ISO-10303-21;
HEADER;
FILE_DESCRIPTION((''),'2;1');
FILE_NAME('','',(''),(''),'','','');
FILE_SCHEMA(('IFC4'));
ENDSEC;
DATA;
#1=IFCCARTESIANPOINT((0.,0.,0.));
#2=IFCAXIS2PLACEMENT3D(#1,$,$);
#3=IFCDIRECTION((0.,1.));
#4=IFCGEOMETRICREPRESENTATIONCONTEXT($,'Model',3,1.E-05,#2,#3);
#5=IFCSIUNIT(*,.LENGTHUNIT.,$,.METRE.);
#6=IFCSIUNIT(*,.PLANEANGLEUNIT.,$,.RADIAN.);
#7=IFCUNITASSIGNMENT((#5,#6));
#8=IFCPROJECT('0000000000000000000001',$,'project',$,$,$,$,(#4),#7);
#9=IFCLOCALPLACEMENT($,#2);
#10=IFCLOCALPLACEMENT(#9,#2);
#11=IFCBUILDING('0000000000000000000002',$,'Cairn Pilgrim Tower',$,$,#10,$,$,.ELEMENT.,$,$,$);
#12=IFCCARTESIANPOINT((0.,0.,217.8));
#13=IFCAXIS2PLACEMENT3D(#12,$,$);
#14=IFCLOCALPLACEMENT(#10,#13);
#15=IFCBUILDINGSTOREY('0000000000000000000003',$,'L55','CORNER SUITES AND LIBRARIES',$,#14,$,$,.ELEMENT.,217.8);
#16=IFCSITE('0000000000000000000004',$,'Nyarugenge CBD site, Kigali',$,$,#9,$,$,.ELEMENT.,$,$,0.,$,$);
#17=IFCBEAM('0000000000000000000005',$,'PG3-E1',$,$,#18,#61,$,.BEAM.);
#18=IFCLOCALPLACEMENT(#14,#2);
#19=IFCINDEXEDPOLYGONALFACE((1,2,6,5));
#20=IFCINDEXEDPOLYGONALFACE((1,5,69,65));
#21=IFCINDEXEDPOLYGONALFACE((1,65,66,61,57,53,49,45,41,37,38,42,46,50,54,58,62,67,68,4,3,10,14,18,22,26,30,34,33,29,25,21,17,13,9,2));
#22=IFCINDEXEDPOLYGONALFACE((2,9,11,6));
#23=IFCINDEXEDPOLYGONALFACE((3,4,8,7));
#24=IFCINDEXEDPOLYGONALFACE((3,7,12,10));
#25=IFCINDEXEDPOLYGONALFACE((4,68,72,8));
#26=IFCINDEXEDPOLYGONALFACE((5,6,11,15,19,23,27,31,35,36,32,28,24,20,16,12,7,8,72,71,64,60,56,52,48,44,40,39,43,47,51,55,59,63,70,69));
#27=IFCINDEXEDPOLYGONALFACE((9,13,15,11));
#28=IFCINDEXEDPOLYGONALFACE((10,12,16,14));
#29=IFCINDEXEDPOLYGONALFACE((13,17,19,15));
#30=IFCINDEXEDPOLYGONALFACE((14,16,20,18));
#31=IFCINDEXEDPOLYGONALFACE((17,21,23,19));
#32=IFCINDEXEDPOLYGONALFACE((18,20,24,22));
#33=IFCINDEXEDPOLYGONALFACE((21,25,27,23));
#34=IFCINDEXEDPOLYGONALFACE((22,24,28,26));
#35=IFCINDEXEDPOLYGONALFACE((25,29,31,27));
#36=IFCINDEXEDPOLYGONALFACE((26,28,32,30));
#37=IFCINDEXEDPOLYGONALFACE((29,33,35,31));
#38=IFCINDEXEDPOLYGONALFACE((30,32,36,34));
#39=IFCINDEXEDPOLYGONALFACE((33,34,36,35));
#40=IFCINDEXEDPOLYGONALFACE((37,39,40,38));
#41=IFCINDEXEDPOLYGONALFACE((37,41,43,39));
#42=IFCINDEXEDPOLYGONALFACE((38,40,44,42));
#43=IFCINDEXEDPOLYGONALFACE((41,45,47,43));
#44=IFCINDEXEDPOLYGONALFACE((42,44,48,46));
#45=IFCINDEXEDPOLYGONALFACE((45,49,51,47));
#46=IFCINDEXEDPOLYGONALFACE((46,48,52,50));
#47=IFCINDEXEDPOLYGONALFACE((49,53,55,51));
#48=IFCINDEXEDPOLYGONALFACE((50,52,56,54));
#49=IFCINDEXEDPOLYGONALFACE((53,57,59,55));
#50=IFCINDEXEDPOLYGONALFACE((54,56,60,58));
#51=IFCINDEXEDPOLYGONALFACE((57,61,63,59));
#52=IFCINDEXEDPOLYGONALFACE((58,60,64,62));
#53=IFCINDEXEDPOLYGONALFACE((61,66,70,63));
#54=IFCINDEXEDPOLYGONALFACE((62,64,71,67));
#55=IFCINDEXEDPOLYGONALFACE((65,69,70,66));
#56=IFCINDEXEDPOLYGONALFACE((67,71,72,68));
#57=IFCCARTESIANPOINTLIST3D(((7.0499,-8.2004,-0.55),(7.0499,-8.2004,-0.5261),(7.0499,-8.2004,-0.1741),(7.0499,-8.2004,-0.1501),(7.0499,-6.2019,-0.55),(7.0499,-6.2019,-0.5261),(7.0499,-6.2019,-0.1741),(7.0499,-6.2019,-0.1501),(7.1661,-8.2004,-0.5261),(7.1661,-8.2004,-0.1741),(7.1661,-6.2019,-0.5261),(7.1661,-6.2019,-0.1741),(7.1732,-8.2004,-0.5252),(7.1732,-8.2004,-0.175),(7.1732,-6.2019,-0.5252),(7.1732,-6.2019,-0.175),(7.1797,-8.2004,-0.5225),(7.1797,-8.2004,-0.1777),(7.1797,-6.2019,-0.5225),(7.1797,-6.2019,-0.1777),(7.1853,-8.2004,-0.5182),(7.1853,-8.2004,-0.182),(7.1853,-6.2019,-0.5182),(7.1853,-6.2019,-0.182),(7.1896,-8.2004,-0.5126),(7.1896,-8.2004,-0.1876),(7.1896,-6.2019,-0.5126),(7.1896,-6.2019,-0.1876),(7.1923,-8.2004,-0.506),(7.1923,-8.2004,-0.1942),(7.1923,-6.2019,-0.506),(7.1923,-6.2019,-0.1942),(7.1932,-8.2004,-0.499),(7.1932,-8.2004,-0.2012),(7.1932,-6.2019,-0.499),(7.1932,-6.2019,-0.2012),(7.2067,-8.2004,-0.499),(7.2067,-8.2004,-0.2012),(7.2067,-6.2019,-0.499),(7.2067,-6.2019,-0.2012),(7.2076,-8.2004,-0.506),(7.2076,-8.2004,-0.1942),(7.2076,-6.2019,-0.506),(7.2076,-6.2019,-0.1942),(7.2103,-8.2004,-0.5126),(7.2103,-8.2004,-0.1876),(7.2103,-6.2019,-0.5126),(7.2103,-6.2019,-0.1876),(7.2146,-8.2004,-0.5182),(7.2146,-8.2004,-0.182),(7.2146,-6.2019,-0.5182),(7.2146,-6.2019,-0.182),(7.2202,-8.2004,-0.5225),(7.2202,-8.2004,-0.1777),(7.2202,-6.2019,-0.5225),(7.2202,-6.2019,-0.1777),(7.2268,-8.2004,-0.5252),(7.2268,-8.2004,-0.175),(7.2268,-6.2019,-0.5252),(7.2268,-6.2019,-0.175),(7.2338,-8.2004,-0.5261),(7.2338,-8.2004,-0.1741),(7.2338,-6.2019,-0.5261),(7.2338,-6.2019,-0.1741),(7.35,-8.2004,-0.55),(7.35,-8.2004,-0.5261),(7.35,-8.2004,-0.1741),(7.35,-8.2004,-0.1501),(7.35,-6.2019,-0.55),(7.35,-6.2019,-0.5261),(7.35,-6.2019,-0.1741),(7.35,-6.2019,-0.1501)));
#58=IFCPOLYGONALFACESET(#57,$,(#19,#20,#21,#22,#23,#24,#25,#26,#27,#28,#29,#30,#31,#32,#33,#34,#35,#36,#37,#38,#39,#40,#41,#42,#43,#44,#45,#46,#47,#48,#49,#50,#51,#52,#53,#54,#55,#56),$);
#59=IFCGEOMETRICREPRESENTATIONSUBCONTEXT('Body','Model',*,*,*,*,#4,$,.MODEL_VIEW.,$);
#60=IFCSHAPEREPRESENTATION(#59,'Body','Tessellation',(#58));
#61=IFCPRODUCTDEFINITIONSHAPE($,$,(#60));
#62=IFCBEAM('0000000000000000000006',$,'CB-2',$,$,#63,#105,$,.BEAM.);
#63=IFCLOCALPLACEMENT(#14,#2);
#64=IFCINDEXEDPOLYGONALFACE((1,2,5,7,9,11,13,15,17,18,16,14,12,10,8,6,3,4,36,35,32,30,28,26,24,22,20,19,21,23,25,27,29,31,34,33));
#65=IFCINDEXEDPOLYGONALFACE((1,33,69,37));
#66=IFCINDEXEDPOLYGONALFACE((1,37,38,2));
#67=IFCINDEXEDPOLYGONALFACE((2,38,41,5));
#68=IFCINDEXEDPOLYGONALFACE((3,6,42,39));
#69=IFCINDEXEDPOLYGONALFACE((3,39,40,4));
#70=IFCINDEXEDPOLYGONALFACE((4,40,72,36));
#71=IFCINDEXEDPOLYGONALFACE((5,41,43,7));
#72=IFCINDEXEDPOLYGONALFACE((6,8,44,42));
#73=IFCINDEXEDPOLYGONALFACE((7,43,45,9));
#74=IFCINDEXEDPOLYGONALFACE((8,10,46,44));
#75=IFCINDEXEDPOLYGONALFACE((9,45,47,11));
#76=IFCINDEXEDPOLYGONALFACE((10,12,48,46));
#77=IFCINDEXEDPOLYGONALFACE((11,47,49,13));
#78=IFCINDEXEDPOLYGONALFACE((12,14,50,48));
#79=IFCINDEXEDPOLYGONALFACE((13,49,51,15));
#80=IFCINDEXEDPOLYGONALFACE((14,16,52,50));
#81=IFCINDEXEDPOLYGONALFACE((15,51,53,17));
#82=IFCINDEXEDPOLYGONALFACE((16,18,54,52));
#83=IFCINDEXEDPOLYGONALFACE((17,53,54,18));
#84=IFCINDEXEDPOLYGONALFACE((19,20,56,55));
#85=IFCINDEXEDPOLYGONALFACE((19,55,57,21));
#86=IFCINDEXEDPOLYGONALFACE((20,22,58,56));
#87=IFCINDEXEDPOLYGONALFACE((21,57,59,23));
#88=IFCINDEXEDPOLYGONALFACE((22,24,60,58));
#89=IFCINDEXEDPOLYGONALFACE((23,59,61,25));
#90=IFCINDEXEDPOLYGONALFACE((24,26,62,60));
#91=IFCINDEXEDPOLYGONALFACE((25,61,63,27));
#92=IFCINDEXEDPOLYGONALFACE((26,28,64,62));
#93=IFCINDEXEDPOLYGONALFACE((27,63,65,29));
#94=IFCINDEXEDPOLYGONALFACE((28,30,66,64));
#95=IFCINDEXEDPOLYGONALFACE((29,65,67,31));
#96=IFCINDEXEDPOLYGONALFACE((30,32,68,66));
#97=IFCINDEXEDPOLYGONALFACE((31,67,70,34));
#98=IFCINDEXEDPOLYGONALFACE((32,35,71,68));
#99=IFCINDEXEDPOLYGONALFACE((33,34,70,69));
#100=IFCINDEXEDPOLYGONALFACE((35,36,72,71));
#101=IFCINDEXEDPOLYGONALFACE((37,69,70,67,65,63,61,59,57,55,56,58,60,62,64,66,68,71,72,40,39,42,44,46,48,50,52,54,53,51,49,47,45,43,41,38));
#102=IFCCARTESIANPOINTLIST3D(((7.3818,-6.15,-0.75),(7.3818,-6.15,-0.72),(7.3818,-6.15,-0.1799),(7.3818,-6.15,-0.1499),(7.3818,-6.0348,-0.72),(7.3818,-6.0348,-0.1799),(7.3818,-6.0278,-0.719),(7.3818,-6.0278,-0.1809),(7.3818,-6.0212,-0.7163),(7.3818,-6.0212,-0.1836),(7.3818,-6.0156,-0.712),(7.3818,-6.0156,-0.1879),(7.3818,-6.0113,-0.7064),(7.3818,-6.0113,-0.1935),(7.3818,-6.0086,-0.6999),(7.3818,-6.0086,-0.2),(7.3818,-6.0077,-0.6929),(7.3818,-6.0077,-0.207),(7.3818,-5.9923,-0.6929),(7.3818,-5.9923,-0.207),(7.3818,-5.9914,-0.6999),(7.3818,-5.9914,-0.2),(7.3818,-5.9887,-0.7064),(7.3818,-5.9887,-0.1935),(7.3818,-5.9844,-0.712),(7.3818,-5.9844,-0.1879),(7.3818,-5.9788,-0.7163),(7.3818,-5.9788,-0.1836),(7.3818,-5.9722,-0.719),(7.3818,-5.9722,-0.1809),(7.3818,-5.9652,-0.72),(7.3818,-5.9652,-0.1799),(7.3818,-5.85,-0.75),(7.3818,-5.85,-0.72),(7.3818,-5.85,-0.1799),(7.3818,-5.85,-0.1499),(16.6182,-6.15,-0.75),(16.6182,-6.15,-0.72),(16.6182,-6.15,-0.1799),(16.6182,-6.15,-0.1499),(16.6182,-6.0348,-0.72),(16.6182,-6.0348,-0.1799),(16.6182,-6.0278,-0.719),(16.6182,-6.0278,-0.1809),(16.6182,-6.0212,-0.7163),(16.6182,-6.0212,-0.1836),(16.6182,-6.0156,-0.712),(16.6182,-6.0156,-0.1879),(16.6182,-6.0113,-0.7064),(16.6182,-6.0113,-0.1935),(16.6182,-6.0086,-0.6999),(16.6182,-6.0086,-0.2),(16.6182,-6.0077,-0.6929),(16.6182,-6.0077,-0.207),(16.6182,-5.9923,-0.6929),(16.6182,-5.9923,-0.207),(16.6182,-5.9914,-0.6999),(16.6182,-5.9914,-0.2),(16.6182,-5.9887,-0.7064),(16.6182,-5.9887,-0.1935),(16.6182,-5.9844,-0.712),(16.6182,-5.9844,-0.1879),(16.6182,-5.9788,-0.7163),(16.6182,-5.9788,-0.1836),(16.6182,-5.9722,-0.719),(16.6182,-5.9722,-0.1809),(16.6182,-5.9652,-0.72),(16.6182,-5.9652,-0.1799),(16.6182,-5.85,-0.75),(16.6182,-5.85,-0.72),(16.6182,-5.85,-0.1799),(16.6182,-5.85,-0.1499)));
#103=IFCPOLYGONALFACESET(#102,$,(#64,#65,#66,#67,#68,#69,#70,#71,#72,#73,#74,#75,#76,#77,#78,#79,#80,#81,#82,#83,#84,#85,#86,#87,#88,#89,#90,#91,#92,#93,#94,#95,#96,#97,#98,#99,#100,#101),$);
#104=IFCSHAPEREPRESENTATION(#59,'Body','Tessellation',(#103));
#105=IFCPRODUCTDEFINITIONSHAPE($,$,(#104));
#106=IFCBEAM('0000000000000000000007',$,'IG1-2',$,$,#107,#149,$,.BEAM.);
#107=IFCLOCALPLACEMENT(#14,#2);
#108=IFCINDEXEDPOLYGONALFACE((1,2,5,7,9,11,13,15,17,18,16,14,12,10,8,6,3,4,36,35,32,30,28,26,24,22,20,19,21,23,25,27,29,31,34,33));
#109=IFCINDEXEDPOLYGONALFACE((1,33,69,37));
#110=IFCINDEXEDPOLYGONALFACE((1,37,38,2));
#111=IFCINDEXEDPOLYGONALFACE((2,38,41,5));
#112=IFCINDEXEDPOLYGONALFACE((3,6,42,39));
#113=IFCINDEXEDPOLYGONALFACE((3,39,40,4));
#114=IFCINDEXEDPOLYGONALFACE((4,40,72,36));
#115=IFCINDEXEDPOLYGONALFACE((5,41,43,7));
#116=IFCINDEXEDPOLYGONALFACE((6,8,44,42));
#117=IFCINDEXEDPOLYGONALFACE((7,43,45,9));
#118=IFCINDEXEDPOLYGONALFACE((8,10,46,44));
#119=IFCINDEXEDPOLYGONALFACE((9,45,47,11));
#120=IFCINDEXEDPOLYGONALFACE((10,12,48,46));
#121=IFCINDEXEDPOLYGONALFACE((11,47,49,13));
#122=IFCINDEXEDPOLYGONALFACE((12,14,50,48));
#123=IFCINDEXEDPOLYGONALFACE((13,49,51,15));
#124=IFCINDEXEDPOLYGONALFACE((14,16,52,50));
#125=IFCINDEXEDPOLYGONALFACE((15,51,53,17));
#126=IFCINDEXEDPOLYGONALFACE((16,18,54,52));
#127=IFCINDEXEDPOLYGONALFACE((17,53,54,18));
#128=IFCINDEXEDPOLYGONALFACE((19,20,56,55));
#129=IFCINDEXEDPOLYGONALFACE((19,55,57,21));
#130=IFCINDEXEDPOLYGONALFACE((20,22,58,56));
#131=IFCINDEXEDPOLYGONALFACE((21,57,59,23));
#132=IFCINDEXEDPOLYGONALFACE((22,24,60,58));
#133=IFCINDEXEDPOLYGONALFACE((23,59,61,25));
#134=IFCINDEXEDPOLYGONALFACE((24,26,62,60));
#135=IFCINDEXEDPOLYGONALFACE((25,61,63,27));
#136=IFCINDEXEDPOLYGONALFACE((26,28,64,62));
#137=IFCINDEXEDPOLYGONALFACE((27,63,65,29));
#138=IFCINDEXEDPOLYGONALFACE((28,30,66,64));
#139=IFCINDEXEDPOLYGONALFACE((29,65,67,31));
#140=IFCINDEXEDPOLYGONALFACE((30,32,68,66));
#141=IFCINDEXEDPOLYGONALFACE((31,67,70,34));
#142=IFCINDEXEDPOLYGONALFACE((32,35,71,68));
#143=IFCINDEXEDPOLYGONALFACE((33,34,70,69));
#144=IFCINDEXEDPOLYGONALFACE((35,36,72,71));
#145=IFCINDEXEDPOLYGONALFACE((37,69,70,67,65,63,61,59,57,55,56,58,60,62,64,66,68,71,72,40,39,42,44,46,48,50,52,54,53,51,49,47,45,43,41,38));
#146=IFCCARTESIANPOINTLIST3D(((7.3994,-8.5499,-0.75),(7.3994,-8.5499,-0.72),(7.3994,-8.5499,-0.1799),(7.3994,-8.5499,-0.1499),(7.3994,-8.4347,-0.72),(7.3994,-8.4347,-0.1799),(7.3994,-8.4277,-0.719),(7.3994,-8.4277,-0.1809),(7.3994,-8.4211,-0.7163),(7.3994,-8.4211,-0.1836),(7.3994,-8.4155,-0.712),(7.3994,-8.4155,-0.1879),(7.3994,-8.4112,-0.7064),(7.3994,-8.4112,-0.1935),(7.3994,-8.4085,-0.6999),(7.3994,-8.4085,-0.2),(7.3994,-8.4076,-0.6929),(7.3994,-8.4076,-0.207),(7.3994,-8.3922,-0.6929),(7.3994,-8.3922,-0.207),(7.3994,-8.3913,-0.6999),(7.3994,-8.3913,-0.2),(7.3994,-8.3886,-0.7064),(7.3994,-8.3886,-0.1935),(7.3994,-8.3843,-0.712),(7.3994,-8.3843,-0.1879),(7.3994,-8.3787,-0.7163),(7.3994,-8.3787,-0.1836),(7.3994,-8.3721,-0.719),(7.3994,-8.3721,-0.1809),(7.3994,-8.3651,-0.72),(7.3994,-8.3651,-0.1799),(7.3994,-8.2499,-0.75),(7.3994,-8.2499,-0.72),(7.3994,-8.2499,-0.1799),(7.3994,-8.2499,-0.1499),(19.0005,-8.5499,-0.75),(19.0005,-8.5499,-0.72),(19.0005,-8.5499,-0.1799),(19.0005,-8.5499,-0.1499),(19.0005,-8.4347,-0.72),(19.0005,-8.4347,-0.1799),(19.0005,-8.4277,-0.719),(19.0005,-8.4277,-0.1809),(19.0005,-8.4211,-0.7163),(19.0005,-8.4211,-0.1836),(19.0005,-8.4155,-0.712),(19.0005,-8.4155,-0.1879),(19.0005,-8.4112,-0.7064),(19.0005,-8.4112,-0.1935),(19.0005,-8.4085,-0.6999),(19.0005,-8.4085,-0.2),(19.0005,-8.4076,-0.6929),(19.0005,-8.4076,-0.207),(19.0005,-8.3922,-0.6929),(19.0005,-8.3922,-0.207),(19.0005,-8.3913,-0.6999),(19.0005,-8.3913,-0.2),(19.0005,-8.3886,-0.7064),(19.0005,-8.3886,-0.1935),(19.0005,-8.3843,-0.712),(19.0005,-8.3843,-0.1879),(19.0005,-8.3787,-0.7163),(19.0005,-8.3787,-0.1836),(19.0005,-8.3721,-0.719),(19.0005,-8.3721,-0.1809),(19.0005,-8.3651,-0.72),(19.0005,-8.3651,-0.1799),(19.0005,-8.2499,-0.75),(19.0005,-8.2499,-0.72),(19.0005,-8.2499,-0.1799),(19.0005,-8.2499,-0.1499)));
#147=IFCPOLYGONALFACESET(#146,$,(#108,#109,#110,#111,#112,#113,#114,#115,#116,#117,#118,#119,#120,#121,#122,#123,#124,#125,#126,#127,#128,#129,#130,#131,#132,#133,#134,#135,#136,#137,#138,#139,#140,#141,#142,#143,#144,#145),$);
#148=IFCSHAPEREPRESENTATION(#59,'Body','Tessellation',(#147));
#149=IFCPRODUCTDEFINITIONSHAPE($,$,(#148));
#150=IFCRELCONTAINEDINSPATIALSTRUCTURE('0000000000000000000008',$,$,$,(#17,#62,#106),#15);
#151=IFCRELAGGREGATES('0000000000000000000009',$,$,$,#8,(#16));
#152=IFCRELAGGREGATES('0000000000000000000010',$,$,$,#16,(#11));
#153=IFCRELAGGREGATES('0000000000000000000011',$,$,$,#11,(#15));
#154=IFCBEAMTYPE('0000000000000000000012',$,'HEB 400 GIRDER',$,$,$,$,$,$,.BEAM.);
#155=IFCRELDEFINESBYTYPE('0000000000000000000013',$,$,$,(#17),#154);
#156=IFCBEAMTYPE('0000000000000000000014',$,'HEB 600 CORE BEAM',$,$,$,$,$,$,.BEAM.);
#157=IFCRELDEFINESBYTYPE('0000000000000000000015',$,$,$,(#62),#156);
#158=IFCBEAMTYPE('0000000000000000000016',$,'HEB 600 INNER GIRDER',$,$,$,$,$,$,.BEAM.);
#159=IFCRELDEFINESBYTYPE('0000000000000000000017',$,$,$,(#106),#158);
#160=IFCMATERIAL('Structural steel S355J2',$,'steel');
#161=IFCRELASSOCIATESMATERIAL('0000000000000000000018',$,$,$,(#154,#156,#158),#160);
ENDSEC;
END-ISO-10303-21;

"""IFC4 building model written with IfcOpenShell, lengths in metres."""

from ifc_helpers import new_model, si_unit, direction, frame, origin, origin_2d, place, context, subcontext, project, spatial, i_section, extrude, material, material_profile, profile_set, type_object, element, save


model = new_model("IFC4")

# Units and contexts
model_context = context("Model", 3, precision=1e-05, world=origin(), true_north=direction((0.0, 1.0)))
body_context = subcontext(model_context, "Body", "Model", "MODEL_VIEW")
ifc_project = project(units=[si_unit("LENGTHUNIT", "METRE"), si_unit("PLANEANGLEUNIT", "RADIAN")], contexts=[model_context])

# Site, building, storey
site_placement = place(None, origin())
site = spatial("IfcSite", under=ifc_project, at=site_placement, Name="Nyarugenge CBD site, Kigali", CompositionType="ELEMENT", RefElevation=0.0)
building_placement = place(site_placement, origin())
building = spatial("IfcBuilding", under=site, at=building_placement, Name="Cairn Pilgrim Tower", CompositionType="ELEMENT")
storey_placement = place(building_placement, frame((0.0, 0.0, 217.8)))
storey = spatial("IfcBuildingStorey", under=building, at=storey_placement, Name="L55", Description="CORNER SUITES AND LIBRARIES", CompositionType="ELEMENT", Elevation=217.8)

# Shared definitions
ifc_material_1 = material(Name="Structural steel S355J2", Category="steel")

# Beams
ifc_material_profile_1 = material_profile(ifc_material_1, i_section(OverallWidth=0.3, OverallDepth=0.3999, WebThickness=0.0134, FlangeThickness=0.0239, FilletRadius=0.0271, at=origin_2d()), Name="HEB 400")
ifc_profile_set_1 = profile_set([ifc_material_profile_1], Name="Structural steel S355J2")
beam_type_1 = type_object("IfcBeamType", Name="HEB 400 GIRDER", PredefinedType="BEAM", material=ifc_profile_set_1)
beam_1_placement = place(storey_placement, frame((7.2, -8.2004, -0.3501), z_axis=(0.0, 1.0, 0.0), x_axis=(-1.0, 0.0, 0.0)))
element("IfcBeam", 1, at=beam_1_placement, inside=storey, type_object=beam_type_1, Name="PG3-E1", PredefinedType="BEAM", context=body_context, shape_type="SweptSolid", body=[
    extrude(i_section(OverallWidth=0.3, OverallDepth=0.3999, WebThickness=0.0134, FlangeThickness=0.0239, FilletRadius=0.0271, at=origin_2d()), origin(), (0.0, 0.0, 1.0), 1.9985),
])
ifc_material_profile_2 = material_profile(ifc_material_1, i_section(OverallWidth=0.3, OverallDepth=0.6001, WebThickness=0.0154, FlangeThickness=0.03, FilletRadius=0.0271, at=origin_2d()), Name="HEB 600")
ifc_profile_set_2 = profile_set([ifc_material_profile_2], Name="Structural steel S355J2")
beam_type_2 = type_object("IfcBeamType", Name="HEB 600 CORE BEAM", PredefinedType="BEAM", material=ifc_profile_set_2)
beam_2_placement = place(storey_placement, frame((7.3818, -6.0, -0.45), z_axis=(1.0, 0.0, 0.0), x_axis=(0.0, 1.0, 0.0)))
element("IfcBeam", 2, at=beam_2_placement, inside=storey, type_object=beam_type_2, Name="CB-2", PredefinedType="BEAM", context=body_context, shape_type="SweptSolid", body=[
    extrude(i_section(OverallWidth=0.3, OverallDepth=0.6001, WebThickness=0.0154, FlangeThickness=0.03, FilletRadius=0.0271, at=origin_2d()), origin(), (0.0, 0.0, 1.0), 9.2363),
])
ifc_material_profile_3 = material_profile(ifc_material_1, i_section(OverallWidth=0.3, OverallDepth=0.6001, WebThickness=0.0154, FlangeThickness=0.03, FilletRadius=0.0271, at=origin_2d()), Name="HEB 600")
ifc_profile_set_3 = profile_set([ifc_material_profile_3], Name="Structural steel S355J2")
beam_type_3 = type_object("IfcBeamType", Name="HEB 600 INNER GIRDER", PredefinedType="BEAM", material=ifc_profile_set_3)
beam_3_placement = place(storey_placement, frame((7.3994, -8.3999, -0.45), z_axis=(1.0, 0.0, 0.0), x_axis=(0.0, 1.0, 0.0)))
element("IfcBeam", 3, at=beam_3_placement, inside=storey, type_object=beam_type_3, Name="IG1-2", PredefinedType="BEAM", context=body_context, shape_type="SweptSolid", body=[
    extrude(i_section(OverallWidth=0.3, OverallDepth=0.6001, WebThickness=0.0154, FlangeThickness=0.03, FilletRadius=0.0271, at=origin_2d()), origin(), (0.0, 0.0, 1.0), 11.6011),
])

save(model, "model.ifc")
